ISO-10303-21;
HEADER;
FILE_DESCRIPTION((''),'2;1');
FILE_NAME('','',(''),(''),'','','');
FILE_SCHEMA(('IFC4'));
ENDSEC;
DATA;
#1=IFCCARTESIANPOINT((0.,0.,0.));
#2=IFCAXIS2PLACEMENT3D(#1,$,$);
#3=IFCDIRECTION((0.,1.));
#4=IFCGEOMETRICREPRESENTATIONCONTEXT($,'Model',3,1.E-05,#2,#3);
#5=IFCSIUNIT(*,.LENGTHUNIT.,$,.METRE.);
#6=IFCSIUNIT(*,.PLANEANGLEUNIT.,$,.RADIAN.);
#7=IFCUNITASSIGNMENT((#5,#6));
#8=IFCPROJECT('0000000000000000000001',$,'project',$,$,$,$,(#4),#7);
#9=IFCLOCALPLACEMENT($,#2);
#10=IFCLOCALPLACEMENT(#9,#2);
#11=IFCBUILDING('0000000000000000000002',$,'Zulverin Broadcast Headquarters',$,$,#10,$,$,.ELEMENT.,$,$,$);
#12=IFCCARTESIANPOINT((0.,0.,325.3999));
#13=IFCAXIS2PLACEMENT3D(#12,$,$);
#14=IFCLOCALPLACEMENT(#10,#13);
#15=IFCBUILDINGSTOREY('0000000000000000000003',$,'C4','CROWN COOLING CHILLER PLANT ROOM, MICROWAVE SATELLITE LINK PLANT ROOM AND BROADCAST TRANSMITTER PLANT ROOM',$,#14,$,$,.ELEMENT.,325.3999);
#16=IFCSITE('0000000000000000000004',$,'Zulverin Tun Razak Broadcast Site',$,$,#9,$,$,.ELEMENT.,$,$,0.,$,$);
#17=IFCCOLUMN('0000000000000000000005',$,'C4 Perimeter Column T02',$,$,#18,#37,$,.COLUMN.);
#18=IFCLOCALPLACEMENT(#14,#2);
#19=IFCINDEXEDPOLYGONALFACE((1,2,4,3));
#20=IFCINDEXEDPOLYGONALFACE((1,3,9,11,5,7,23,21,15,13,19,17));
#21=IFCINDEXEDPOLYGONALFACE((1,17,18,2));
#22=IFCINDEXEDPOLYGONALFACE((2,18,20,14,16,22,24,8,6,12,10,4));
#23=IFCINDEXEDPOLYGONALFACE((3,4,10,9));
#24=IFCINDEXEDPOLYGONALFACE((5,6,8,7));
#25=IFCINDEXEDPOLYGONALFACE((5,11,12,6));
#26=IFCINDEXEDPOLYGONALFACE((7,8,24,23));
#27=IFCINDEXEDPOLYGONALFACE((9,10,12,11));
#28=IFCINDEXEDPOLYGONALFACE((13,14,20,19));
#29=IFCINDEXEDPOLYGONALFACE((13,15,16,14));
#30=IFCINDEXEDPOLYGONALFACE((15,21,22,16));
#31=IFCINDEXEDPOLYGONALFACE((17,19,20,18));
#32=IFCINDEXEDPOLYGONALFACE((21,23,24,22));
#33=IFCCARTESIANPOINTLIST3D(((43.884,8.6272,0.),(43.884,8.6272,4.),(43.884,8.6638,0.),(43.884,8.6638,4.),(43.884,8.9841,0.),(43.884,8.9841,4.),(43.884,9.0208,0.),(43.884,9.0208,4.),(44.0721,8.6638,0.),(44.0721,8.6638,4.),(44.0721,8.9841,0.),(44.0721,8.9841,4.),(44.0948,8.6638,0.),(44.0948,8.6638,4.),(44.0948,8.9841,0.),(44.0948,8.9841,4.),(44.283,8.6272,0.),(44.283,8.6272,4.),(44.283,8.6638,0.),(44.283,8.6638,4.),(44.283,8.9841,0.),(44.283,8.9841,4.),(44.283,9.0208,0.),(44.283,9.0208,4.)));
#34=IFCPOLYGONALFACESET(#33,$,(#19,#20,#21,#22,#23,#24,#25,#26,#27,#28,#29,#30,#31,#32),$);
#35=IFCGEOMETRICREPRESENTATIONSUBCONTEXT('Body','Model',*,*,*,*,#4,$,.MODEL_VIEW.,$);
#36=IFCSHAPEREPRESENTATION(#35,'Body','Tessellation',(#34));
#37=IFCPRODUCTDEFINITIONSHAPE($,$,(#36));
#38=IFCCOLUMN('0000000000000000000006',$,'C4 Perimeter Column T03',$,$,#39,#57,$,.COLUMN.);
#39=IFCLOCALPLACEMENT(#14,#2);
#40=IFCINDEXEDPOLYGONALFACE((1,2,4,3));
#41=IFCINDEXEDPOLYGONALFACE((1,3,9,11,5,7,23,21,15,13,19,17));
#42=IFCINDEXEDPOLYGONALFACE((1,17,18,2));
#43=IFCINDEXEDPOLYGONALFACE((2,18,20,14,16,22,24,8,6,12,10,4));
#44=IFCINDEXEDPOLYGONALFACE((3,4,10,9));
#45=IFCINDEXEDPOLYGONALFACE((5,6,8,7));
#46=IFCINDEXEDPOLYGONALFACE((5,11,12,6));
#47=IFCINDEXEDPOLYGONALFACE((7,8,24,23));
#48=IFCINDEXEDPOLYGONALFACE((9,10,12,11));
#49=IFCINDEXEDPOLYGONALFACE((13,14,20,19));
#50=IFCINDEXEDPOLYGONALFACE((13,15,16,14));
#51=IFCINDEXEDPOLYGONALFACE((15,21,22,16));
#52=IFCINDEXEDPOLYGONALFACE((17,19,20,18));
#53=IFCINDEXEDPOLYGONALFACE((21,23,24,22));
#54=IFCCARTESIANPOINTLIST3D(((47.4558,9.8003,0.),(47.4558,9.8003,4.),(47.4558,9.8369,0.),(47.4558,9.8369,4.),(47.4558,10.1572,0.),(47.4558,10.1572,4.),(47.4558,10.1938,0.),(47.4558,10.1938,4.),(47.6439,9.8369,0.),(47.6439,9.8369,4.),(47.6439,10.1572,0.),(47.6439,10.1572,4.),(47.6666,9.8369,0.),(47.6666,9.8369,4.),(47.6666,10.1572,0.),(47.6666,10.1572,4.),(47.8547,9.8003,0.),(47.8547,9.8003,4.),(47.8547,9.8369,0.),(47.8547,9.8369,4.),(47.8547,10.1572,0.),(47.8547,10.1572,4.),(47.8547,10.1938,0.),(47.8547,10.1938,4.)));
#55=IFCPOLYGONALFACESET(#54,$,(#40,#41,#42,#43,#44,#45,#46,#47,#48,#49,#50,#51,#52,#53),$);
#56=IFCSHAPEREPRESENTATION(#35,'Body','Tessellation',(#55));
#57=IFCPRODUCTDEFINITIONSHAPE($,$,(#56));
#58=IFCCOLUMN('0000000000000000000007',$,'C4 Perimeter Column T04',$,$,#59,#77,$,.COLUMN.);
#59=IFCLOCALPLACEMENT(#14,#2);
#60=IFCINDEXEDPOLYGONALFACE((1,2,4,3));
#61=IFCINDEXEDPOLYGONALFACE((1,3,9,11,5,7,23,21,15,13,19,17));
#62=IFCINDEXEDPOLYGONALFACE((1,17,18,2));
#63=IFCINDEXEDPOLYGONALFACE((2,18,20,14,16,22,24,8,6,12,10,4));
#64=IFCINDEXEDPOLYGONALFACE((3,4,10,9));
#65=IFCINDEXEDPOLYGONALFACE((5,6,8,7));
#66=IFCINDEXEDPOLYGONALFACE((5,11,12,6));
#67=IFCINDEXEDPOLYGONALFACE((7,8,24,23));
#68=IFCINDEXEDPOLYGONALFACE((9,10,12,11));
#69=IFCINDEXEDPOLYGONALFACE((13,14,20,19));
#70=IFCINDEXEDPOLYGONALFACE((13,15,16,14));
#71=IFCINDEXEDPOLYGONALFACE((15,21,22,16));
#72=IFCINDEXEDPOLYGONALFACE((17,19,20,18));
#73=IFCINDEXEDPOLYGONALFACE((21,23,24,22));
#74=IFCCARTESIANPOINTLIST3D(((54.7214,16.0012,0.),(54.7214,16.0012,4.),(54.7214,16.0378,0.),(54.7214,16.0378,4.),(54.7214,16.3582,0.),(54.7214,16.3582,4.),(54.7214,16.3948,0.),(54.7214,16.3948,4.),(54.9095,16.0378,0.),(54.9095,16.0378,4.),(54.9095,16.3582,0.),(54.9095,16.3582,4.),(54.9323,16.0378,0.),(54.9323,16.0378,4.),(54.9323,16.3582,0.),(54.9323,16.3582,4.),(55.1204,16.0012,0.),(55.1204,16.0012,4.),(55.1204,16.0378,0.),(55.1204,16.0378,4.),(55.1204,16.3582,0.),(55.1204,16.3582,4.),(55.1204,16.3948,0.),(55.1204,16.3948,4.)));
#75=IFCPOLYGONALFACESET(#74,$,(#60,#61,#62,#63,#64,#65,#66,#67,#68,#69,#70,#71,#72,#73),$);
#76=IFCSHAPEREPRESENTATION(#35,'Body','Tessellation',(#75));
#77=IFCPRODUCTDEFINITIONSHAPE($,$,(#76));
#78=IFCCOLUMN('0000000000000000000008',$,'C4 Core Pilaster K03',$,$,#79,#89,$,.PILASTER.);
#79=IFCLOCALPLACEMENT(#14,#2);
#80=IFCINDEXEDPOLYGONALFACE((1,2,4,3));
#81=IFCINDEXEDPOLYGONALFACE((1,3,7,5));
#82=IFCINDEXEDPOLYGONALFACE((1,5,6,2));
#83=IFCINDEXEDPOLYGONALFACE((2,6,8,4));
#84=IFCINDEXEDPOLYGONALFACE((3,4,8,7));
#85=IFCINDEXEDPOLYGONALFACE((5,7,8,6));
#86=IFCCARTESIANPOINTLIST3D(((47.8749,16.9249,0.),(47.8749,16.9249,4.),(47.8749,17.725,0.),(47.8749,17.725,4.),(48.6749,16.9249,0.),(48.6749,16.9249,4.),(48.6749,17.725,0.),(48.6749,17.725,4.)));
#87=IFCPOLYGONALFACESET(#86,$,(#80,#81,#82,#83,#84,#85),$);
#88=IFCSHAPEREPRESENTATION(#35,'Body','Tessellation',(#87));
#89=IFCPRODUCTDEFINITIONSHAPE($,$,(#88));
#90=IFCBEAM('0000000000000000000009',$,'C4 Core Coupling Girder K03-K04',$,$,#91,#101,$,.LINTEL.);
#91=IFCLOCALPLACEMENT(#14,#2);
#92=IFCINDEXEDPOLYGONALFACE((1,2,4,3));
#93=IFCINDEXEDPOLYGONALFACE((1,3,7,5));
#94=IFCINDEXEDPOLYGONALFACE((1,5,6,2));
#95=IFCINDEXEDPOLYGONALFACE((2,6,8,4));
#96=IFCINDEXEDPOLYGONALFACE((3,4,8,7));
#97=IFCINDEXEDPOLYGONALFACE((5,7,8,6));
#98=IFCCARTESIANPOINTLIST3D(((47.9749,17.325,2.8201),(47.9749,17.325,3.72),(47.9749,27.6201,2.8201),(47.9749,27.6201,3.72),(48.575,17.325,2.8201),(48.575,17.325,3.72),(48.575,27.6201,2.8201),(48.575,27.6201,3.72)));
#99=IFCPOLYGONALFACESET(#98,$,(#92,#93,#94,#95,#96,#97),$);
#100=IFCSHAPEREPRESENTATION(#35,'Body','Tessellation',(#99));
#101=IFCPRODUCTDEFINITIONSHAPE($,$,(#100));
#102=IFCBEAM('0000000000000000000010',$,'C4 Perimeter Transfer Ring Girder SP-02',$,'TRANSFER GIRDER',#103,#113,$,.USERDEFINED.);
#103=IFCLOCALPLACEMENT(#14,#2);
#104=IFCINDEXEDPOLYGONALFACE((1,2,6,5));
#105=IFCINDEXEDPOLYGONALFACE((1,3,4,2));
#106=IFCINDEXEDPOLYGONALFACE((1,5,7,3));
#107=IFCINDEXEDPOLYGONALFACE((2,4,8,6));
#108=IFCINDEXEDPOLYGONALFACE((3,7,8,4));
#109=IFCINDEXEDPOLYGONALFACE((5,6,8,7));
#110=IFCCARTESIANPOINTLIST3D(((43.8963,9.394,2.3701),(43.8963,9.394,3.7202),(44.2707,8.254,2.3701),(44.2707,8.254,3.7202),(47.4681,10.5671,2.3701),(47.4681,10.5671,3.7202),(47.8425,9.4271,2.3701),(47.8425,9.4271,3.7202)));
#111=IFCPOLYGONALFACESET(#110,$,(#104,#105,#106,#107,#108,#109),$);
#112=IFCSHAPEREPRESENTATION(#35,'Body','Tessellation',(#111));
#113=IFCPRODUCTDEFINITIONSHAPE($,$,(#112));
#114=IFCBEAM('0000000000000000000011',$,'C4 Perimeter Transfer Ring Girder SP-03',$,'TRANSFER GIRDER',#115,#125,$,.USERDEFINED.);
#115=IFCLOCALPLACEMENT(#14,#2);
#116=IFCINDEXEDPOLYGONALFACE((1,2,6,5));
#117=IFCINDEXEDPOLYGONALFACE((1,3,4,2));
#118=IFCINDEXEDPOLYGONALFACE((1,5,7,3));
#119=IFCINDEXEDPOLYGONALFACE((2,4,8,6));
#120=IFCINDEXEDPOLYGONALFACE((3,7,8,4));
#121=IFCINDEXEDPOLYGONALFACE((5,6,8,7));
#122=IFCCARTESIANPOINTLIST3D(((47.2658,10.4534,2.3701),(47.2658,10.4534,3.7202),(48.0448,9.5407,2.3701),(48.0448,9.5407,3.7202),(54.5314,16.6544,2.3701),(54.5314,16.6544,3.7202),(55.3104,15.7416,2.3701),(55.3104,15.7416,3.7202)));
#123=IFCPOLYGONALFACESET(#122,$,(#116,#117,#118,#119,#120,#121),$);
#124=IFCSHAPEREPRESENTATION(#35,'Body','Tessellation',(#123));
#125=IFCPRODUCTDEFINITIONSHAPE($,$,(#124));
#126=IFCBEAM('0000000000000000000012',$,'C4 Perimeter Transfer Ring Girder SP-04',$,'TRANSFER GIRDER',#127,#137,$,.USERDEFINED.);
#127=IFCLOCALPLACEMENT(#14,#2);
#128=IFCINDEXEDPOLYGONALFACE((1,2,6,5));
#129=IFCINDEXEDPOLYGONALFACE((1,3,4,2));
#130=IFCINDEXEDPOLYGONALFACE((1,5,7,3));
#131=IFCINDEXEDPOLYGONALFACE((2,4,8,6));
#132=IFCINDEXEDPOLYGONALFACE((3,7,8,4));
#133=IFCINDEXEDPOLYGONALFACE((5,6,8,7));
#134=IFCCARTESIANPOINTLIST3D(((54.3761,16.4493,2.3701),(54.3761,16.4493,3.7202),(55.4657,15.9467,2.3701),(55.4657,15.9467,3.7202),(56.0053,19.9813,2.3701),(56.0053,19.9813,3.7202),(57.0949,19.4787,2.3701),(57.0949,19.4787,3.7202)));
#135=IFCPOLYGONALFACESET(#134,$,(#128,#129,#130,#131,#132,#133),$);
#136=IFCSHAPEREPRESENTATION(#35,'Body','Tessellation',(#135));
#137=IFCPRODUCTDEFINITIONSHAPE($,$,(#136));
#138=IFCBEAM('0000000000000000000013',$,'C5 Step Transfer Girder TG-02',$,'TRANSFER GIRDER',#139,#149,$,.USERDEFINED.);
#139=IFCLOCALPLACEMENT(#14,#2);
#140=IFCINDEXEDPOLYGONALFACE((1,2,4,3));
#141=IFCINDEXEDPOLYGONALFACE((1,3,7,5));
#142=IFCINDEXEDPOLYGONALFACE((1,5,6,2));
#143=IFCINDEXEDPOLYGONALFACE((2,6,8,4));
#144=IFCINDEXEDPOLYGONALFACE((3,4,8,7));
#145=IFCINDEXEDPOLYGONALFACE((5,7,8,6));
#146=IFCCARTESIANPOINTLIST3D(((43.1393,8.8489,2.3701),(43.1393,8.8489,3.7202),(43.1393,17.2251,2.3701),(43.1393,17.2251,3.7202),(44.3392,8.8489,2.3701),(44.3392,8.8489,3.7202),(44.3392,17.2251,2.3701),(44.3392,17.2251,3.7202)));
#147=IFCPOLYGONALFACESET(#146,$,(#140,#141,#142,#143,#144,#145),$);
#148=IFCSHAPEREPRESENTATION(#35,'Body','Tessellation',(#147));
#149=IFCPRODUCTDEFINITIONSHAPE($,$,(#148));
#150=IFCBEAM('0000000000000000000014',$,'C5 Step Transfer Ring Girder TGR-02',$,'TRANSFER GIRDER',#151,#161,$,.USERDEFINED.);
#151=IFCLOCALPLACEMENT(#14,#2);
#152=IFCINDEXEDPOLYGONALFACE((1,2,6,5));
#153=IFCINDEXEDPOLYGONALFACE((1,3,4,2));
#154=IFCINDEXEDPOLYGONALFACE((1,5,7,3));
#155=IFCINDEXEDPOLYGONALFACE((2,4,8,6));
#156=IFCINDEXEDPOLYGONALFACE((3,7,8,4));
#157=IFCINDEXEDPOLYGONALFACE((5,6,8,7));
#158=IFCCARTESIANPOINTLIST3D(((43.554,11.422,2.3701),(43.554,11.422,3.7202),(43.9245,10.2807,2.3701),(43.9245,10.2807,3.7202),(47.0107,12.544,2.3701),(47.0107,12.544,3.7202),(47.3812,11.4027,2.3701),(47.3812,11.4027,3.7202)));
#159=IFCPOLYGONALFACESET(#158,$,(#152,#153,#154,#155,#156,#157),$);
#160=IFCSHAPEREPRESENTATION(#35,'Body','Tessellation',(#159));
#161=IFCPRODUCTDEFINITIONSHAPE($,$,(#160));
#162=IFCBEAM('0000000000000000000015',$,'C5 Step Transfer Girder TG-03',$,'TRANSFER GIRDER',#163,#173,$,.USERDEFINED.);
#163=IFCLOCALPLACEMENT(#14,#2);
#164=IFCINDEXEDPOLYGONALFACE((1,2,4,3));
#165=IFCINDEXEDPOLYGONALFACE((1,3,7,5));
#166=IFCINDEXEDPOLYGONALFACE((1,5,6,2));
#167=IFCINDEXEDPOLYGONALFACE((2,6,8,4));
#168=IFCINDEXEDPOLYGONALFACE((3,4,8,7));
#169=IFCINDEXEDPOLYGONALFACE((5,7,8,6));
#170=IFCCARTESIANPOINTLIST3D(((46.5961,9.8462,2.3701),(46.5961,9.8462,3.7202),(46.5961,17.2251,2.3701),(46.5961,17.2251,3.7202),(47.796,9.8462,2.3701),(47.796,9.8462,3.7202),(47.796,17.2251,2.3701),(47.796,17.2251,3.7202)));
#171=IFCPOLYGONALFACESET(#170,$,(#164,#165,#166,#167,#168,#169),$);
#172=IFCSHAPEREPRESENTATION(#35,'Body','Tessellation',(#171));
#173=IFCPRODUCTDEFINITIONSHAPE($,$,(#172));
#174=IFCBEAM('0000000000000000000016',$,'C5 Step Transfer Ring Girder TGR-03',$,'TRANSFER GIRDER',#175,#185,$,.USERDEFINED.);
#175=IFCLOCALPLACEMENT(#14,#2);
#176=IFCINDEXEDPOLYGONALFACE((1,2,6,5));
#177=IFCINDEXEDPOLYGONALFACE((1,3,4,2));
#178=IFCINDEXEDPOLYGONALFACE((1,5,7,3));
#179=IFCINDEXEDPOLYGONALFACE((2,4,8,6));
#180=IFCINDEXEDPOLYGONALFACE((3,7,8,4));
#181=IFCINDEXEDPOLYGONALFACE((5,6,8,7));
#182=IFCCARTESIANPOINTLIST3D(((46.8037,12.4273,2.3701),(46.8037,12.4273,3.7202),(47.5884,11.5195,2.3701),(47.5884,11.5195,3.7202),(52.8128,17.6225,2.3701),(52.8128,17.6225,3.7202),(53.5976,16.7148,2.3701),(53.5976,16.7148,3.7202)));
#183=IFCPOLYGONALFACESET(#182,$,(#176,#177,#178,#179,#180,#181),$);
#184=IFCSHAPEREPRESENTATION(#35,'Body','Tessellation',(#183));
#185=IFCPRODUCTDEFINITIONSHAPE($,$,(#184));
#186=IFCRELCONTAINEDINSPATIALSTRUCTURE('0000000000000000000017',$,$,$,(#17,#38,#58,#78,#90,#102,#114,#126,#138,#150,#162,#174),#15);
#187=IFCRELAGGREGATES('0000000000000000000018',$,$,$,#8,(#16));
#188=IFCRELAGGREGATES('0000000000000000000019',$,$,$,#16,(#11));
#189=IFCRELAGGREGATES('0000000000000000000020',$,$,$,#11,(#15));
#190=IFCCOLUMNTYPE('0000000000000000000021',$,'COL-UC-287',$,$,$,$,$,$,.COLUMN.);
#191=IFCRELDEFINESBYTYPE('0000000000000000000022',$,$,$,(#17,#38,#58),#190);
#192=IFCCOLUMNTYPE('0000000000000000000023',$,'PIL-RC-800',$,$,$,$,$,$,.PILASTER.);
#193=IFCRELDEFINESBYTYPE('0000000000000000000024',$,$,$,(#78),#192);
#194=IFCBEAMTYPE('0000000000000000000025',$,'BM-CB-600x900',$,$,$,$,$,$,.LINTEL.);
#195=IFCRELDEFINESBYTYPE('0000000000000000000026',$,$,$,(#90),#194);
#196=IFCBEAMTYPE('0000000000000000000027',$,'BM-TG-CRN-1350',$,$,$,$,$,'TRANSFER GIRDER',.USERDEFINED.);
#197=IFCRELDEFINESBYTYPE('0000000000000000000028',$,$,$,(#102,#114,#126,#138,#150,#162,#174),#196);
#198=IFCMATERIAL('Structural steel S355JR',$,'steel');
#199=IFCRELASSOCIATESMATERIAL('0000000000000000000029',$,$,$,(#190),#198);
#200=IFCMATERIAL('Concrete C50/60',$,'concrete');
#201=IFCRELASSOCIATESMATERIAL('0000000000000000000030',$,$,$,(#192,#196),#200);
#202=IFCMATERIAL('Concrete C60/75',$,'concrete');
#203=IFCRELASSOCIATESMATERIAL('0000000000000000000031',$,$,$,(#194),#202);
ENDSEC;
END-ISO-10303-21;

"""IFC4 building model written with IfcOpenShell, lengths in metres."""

from ifc_helpers import new_model, si_unit, direction, frame, origin, origin_2d, place, context, subcontext, project, spatial, rectangle, i_section, extrude, material, material_profile, profile_set, type_object, element, save


model = new_model("IFC4")

# Units and contexts
model_context = context("Model", 3, precision=1e-05, world=origin(), true_north=direction((0.0, 1.0)))
body_context = subcontext(model_context, "Body", "Model", "MODEL_VIEW")
ifc_project = project(units=[si_unit("LENGTHUNIT", "METRE"), si_unit("PLANEANGLEUNIT", "RADIAN")], contexts=[model_context])

# Site, building, storey
site_placement = place(None, origin())
site = spatial("IfcSite", under=ifc_project, at=site_placement, Name="Zulverin Tun Razak Broadcast Site", CompositionType="ELEMENT", RefElevation=0.0)
building_placement = place(site_placement, origin())
building = spatial("IfcBuilding", under=site, at=building_placement, Name="Zulverin Broadcast Headquarters", CompositionType="ELEMENT")
storey_placement = place(building_placement, frame((0.0, 0.0, 325.3999)))
storey = spatial("IfcBuildingStorey", under=building, at=storey_placement, Name="C4", Description="CROWN COOLING CHILLER PLANT ROOM, MICROWAVE SATELLITE LINK PLANT ROOM AND BROADCAST TRANSMITTER PLANT ROOM", CompositionType="ELEMENT", Elevation=325.3999)

# Columns
ifc_material_1 = material(Name="Structural steel S355JR", Category="steel")
ifc_material_profile_1 = material_profile(ifc_material_1, i_section(OverallWidth=0.3989, OverallDepth=0.3936, WebThickness=0.0227, FlangeThickness=0.0366, at=origin_2d()), Name="Structural steel S355JR", Category="steel")
ifc_profile_set_1 = profile_set([ifc_material_profile_1], Name="Structural steel S355JR")
column_type_1 = type_object("IfcColumnType", Name="COL-UC-287", PredefinedType="COLUMN", material=ifc_profile_set_1)
for number, where, z_axis, x_axis, name in (
    (1, (44.0835, 8.824, 0.0), (0.0, 0.0, 1.0), (1.0, 0.0, 0.0), "C4 Perimeter Column T02"),
    (2, (47.6553, 9.9971, 0.0), (0.0, 0.0, 1.0), (1.0, 0.0, 0.0), "C4 Perimeter Column T03"),
    (3, (54.9209, 16.198, 0.0), (0.0, 0.0, 1.0), (1.0, 0.0, 0.0), "C4 Perimeter Column T04"),
):
    element("IfcColumn", number, at=place(storey_placement, frame(where, z_axis=z_axis, x_axis=x_axis)), inside=storey, type_object=column_type_1, Name=name, PredefinedType="COLUMN", context=body_context, shape_type="SweptSolid", body=[
        extrude(i_section(OverallWidth=0.3989, OverallDepth=0.3936, WebThickness=0.0227, FlangeThickness=0.0366, at=origin_2d()), origin(), (0.0, 0.0, 1.0), 4.0),
    ])
ifc_material_2 = material(Name="Concrete C50/60", Category="concrete")
ifc_material_profile_2 = material_profile(ifc_material_2, rectangle(XDim=0.8, YDim=0.8, at=origin_2d()), Name="Concrete C50/60", Category="concrete")
ifc_profile_set_2 = profile_set([ifc_material_profile_2], Name="Concrete C50/60")
column_type_2 = type_object("IfcColumnType", Name="PIL-RC-800", PredefinedType="PILASTER", material=ifc_profile_set_2)
column_placement = place(storey_placement, frame((48.2749, 17.325, 0.0), z_axis=(0.0, 0.0, 1.0), x_axis=(1.0, 0.0, 0.0)))
element("IfcColumn", 4, at=column_placement, inside=storey, type_object=column_type_2, Name="C4 Core Pilaster K03", PredefinedType="PILASTER", context=body_context, shape_type="SweptSolid", body=[
    extrude(rectangle(XDim=0.8, YDim=0.8, at=origin_2d()), origin(), (0.0, 0.0, 1.0), 4.0),
])

# Beams
ifc_material_3 = material(Name="Concrete C60/75", Category="concrete")
ifc_material_profile_3 = material_profile(ifc_material_3, rectangle(XDim=0.6001, YDim=0.8999, at=origin_2d()), Name="Concrete C60/75", Category="concrete")
ifc_profile_set_3 = profile_set([ifc_material_profile_3], Name="Concrete C60/75")
beam_type_1 = type_object("IfcBeamType", Name="BM-CB-600x900", PredefinedType="LINTEL", material=ifc_profile_set_3)
beam_1_placement = place(storey_placement, frame((48.2749, 17.325, 3.27), z_axis=(0.0, 1.0, 0.0), x_axis=(-1.0, 0.0, 0.0)))
element("IfcBeam", 5, at=beam_1_placement, inside=storey, type_object=beam_type_1, Name="C4 Core Coupling Girder K03-K04", PredefinedType="LINTEL", context=body_context, shape_type="SweptSolid", body=[
    extrude(rectangle(XDim=0.6001, YDim=0.8999, at=origin_2d()), origin(), (0.0, 0.0, 1.0), 10.2952),
])
ifc_material_profile_4 = material_profile(ifc_material_2, rectangle(XDim=1.2, YDim=1.3501, at=origin_2d()), Name="Concrete C50/60", Category="concrete")
ifc_profile_set_4 = profile_set([ifc_material_profile_4], Name="Concrete C50/60")
beam_type_2 = type_object("IfcBeamType", Name="BM-TG-CRN-1350", ElementType="TRANSFER GIRDER", PredefinedType="USERDEFINED", material=ifc_profile_set_4)
beam_2_placement = place(storey_placement, frame((44.0835, 8.824, 3.0452), z_axis=(0.95007, 0.312036, 0.0), x_axis=(-0.312036, 0.95007, 0.0)))
element("IfcBeam", 6, at=beam_2_placement, inside=storey, type_object=beam_type_2, Name="C4 Perimeter Transfer Ring Girder SP-02", ObjectType="TRANSFER GIRDER", PredefinedType="USERDEFINED", context=body_context, shape_type="SweptSolid", body=[
    extrude(rectangle(XDim=1.2, YDim=1.3501, at=origin_2d()), origin(), (0.0, 0.0, 1.0), 3.7595),
])
beam_3_placement = place(storey_placement, frame((47.6553, 9.9971, 3.0452), z_axis=(0.760639, 0.649175, 0.0), x_axis=(-0.649175, 0.760639, 0.0)))
element("IfcBeam", 7, at=beam_3_placement, inside=storey, type_object=beam_type_2, Name="C4 Perimeter Transfer Ring Girder SP-03", ObjectType="TRANSFER GIRDER", PredefinedType="USERDEFINED", context=body_context, shape_type="SweptSolid", body=[
    extrude(rectangle(XDim=1.2, YDim=1.3501, at=origin_2d()), origin(), (0.0, 0.0, 1.0), 9.552),
])
beam_4_placement = place(storey_placement, frame((54.9209, 16.198, 3.0452), z_axis=(0.418847, 0.908057, 0.0), x_axis=(-0.908057, 0.418847, 0.0)))
element("IfcBeam", 8, at=beam_4_placement, inside=storey, type_object=beam_type_2, Name="C4 Perimeter Transfer Ring Girder SP-04", ObjectType="TRANSFER GIRDER", PredefinedType="USERDEFINED", context=body_context, shape_type="SweptSolid", body=[
    extrude(rectangle(XDim=1.2, YDim=1.3501, at=origin_2d()), origin(), (0.0, 0.0, 1.0), 3.8896),
])
beam_5_placement = place(storey_placement, frame((43.7393, 17.2251, 3.0452), z_axis=(0.0, -1.0, 0.0), x_axis=(1.0, 0.0, 0.0)))
element("IfcBeam", 9, at=beam_5_placement, inside=storey, type_object=beam_type_2, Name="C5 Step Transfer Girder TG-02", ObjectType="TRANSFER GIRDER", PredefinedType="USERDEFINED", context=body_context, shape_type="SweptSolid", body=[
    extrude(rectangle(XDim=1.2, YDim=1.3501, at=origin_2d()), origin(), (0.0, 0.0, 1.0), 8.3762),
])
beam_6_placement = place(storey_placement, frame((43.7393, 10.8513, 3.0452), z_axis=(0.951146, 0.308741, 0.0), x_axis=(-0.308741, 0.951146, 0.0)))
element("IfcBeam", 10, at=beam_6_placement, inside=storey, type_object=beam_type_2, Name="C5 Step Transfer Ring Girder TGR-02", ObjectType="TRANSFER GIRDER", PredefinedType="USERDEFINED", context=body_context, shape_type="SweptSolid", body=[
    extrude(rectangle(XDim=1.2, YDim=1.3501, at=origin_2d()), origin(), (0.0, 0.0, 1.0), 3.6343),
])
beam_7_placement = place(storey_placement, frame((47.196, 17.2251, 3.0452), z_axis=(0.0, -1.0, 0.0), x_axis=(1.0, 0.0, 0.0)))
element("IfcBeam", 11, at=beam_7_placement, inside=storey, type_object=beam_type_2, Name="C5 Step Transfer Girder TG-03", ObjectType="TRANSFER GIRDER", PredefinedType="USERDEFINED", context=body_context, shape_type="SweptSolid", body=[
    extrude(rectangle(XDim=1.2, YDim=1.3501, at=origin_2d()), origin(), (0.0, 0.0, 1.0), 7.3789),
])
beam_8_placement = place(storey_placement, frame((47.196, 11.9734, 3.0452), z_axis=(0.756482, 0.654015, 0.0), x_axis=(-0.654015, 0.756482, 0.0)))
element("IfcBeam", 12, at=beam_8_placement, inside=storey, type_object=beam_type_2, Name="C5 Step Transfer Ring Girder TGR-03", ObjectType="TRANSFER GIRDER", PredefinedType="USERDEFINED", context=body_context, shape_type="SweptSolid", body=[
    extrude(rectangle(XDim=1.2, YDim=1.3501, at=origin_2d()), origin(), (0.0, 0.0, 1.0), 7.9436),
])

save(model, "model.ifc")
